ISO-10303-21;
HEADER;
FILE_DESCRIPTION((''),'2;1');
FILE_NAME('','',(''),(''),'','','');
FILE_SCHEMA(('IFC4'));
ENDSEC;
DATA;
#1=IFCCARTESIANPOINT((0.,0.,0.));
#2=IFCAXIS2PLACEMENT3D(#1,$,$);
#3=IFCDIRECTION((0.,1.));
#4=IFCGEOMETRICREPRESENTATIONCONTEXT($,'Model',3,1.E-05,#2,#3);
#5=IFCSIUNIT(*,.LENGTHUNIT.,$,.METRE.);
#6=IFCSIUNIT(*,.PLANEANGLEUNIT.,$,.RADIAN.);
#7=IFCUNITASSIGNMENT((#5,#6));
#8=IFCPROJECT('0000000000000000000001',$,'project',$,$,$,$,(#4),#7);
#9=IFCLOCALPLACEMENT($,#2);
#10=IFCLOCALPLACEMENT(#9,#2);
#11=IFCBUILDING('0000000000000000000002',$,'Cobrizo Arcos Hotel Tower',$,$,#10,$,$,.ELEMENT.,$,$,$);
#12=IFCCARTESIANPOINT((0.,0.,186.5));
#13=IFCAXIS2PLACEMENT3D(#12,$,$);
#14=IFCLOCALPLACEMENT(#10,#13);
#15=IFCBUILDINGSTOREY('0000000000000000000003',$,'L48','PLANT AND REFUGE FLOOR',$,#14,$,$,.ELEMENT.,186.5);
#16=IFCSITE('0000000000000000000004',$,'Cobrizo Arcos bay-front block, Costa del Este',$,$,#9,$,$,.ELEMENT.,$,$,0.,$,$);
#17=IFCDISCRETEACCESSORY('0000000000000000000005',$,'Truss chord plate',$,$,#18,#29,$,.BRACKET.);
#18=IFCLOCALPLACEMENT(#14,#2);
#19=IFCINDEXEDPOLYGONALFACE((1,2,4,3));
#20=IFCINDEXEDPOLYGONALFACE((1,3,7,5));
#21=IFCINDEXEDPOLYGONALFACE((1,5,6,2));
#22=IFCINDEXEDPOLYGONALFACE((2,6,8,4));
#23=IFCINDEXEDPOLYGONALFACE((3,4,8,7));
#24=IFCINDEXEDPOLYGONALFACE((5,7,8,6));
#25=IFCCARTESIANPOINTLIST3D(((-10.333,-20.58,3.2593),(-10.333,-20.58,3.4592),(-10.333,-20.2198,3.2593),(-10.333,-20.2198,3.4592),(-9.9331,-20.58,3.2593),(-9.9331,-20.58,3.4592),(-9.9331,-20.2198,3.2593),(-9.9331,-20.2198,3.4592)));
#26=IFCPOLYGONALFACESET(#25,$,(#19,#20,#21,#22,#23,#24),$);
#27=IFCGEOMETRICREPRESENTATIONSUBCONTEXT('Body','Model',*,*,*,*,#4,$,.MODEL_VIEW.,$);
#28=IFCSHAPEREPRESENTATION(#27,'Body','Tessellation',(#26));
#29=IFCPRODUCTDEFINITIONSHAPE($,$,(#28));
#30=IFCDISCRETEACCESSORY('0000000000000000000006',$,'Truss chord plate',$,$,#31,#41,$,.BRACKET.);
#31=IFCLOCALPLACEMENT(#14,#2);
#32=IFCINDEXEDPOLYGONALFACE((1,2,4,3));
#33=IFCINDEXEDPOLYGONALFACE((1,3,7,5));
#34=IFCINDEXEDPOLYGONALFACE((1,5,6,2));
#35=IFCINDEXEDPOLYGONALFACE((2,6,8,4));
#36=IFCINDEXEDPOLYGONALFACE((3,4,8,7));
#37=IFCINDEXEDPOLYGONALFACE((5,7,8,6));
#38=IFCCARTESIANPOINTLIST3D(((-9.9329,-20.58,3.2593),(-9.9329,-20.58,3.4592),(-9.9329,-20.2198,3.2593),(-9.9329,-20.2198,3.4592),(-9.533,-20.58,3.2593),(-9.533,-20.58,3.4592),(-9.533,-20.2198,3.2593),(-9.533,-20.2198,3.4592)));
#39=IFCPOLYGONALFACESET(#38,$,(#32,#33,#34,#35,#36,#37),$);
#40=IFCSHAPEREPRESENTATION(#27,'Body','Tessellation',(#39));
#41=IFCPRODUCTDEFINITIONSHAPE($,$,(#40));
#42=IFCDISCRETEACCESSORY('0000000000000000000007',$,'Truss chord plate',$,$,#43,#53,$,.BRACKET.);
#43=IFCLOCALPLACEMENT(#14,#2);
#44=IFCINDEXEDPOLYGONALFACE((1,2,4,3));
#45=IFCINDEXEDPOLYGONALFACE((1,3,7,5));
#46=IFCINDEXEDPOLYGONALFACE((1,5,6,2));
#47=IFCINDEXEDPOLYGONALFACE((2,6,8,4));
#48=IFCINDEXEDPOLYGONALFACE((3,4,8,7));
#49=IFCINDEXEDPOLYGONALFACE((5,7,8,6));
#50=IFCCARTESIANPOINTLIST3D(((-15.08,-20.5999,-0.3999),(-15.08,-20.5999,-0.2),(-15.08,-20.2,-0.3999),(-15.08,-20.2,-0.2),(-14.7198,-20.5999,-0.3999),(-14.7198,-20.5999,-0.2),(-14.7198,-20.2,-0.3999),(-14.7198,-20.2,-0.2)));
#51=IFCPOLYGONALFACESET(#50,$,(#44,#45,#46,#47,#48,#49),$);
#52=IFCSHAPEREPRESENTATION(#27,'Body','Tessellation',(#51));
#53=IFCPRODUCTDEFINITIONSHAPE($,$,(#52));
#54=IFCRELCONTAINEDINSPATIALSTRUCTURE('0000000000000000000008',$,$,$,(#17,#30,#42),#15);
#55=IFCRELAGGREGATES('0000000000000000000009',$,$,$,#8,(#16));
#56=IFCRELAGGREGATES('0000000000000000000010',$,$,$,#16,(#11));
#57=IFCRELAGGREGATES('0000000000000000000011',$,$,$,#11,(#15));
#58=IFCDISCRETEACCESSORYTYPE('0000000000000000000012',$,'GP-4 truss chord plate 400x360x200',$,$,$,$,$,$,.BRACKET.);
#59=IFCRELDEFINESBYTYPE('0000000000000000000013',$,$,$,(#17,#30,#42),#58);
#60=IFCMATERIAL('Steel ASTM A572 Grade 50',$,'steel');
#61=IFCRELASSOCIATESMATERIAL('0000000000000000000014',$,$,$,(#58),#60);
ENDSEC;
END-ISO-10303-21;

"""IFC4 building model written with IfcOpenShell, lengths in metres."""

from ifc_helpers import new_model, si_unit, direction, frame, origin, origin_2d, place, context, subcontext, project, spatial, rectangle, extrude, material, type_object, element, save


model = new_model("IFC4")

# Units and contexts
model_context = context("Model", 3, precision=1e-05, world=origin(), true_north=direction((0.0, 1.0)))
body_context = subcontext(model_context, "Body", "Model", "MODEL_VIEW")
ifc_project = project(units=[si_unit("LENGTHUNIT", "METRE"), si_unit("PLANEANGLEUNIT", "RADIAN")], contexts=[model_context])

# Site, building, storey
site_placement = place(None, origin())
site = spatial("IfcSite", under=ifc_project, at=site_placement, Name="Cobrizo Arcos bay-front block, Costa del Este", CompositionType="ELEMENT", RefElevation=0.0)
building_placement = place(site_placement, origin())
building = spatial("IfcBuilding", under=site, at=building_placement, Name="Cobrizo Arcos Hotel Tower", CompositionType="ELEMENT")
storey_placement = place(building_placement, frame((0.0, 0.0, 186.5)))
storey = spatial("IfcBuildingStorey", under=building, at=storey_placement, Name="L48", Description="PLANT AND REFUGE FLOOR", CompositionType="ELEMENT", Elevation=186.5)

# Shared definitions
ifc_material_1 = material(Name="Steel ASTM A572 Grade 50", Category="steel")

# Discrete accessories
discrete_accessory_type_1 = type_object("IfcDiscreteAccessoryType", Name="GP-4 truss chord plate 400x360x200", PredefinedType="BRACKET", material=ifc_material_1)
for number, where, z_axis, x_axis, name in (
    (1, (-10.1331, -20.3999, 3.2593), (0.0, 0.0, 1.0), (1.0, 0.0, 0.0), "Truss chord plate"),
    (2, (-9.7329, -20.3999, 3.2593), (0.0, 0.0, 1.0), (1.0, 0.0, 0.0), "Truss chord plate"),
    (3, (-14.8999, -20.3999, -0.3999), (0.0, 0.0, 1.0), (0.0, -1.0, 0.0), "Truss chord plate"),
):
    element("IfcDiscreteAccessory", number, at=place(storey_placement, frame(where, z_axis=z_axis, x_axis=x_axis)), inside=storey, type_object=discrete_accessory_type_1, Name=name, PredefinedType="BRACKET", context=body_context, shape_type="SweptSolid", body=[
        extrude(rectangle(XDim=0.3999, YDim=0.3601, at=origin_2d()), origin(), (0.0, 0.0, 1.0), 0.2),
    ])

save(model, "model.ifc")
